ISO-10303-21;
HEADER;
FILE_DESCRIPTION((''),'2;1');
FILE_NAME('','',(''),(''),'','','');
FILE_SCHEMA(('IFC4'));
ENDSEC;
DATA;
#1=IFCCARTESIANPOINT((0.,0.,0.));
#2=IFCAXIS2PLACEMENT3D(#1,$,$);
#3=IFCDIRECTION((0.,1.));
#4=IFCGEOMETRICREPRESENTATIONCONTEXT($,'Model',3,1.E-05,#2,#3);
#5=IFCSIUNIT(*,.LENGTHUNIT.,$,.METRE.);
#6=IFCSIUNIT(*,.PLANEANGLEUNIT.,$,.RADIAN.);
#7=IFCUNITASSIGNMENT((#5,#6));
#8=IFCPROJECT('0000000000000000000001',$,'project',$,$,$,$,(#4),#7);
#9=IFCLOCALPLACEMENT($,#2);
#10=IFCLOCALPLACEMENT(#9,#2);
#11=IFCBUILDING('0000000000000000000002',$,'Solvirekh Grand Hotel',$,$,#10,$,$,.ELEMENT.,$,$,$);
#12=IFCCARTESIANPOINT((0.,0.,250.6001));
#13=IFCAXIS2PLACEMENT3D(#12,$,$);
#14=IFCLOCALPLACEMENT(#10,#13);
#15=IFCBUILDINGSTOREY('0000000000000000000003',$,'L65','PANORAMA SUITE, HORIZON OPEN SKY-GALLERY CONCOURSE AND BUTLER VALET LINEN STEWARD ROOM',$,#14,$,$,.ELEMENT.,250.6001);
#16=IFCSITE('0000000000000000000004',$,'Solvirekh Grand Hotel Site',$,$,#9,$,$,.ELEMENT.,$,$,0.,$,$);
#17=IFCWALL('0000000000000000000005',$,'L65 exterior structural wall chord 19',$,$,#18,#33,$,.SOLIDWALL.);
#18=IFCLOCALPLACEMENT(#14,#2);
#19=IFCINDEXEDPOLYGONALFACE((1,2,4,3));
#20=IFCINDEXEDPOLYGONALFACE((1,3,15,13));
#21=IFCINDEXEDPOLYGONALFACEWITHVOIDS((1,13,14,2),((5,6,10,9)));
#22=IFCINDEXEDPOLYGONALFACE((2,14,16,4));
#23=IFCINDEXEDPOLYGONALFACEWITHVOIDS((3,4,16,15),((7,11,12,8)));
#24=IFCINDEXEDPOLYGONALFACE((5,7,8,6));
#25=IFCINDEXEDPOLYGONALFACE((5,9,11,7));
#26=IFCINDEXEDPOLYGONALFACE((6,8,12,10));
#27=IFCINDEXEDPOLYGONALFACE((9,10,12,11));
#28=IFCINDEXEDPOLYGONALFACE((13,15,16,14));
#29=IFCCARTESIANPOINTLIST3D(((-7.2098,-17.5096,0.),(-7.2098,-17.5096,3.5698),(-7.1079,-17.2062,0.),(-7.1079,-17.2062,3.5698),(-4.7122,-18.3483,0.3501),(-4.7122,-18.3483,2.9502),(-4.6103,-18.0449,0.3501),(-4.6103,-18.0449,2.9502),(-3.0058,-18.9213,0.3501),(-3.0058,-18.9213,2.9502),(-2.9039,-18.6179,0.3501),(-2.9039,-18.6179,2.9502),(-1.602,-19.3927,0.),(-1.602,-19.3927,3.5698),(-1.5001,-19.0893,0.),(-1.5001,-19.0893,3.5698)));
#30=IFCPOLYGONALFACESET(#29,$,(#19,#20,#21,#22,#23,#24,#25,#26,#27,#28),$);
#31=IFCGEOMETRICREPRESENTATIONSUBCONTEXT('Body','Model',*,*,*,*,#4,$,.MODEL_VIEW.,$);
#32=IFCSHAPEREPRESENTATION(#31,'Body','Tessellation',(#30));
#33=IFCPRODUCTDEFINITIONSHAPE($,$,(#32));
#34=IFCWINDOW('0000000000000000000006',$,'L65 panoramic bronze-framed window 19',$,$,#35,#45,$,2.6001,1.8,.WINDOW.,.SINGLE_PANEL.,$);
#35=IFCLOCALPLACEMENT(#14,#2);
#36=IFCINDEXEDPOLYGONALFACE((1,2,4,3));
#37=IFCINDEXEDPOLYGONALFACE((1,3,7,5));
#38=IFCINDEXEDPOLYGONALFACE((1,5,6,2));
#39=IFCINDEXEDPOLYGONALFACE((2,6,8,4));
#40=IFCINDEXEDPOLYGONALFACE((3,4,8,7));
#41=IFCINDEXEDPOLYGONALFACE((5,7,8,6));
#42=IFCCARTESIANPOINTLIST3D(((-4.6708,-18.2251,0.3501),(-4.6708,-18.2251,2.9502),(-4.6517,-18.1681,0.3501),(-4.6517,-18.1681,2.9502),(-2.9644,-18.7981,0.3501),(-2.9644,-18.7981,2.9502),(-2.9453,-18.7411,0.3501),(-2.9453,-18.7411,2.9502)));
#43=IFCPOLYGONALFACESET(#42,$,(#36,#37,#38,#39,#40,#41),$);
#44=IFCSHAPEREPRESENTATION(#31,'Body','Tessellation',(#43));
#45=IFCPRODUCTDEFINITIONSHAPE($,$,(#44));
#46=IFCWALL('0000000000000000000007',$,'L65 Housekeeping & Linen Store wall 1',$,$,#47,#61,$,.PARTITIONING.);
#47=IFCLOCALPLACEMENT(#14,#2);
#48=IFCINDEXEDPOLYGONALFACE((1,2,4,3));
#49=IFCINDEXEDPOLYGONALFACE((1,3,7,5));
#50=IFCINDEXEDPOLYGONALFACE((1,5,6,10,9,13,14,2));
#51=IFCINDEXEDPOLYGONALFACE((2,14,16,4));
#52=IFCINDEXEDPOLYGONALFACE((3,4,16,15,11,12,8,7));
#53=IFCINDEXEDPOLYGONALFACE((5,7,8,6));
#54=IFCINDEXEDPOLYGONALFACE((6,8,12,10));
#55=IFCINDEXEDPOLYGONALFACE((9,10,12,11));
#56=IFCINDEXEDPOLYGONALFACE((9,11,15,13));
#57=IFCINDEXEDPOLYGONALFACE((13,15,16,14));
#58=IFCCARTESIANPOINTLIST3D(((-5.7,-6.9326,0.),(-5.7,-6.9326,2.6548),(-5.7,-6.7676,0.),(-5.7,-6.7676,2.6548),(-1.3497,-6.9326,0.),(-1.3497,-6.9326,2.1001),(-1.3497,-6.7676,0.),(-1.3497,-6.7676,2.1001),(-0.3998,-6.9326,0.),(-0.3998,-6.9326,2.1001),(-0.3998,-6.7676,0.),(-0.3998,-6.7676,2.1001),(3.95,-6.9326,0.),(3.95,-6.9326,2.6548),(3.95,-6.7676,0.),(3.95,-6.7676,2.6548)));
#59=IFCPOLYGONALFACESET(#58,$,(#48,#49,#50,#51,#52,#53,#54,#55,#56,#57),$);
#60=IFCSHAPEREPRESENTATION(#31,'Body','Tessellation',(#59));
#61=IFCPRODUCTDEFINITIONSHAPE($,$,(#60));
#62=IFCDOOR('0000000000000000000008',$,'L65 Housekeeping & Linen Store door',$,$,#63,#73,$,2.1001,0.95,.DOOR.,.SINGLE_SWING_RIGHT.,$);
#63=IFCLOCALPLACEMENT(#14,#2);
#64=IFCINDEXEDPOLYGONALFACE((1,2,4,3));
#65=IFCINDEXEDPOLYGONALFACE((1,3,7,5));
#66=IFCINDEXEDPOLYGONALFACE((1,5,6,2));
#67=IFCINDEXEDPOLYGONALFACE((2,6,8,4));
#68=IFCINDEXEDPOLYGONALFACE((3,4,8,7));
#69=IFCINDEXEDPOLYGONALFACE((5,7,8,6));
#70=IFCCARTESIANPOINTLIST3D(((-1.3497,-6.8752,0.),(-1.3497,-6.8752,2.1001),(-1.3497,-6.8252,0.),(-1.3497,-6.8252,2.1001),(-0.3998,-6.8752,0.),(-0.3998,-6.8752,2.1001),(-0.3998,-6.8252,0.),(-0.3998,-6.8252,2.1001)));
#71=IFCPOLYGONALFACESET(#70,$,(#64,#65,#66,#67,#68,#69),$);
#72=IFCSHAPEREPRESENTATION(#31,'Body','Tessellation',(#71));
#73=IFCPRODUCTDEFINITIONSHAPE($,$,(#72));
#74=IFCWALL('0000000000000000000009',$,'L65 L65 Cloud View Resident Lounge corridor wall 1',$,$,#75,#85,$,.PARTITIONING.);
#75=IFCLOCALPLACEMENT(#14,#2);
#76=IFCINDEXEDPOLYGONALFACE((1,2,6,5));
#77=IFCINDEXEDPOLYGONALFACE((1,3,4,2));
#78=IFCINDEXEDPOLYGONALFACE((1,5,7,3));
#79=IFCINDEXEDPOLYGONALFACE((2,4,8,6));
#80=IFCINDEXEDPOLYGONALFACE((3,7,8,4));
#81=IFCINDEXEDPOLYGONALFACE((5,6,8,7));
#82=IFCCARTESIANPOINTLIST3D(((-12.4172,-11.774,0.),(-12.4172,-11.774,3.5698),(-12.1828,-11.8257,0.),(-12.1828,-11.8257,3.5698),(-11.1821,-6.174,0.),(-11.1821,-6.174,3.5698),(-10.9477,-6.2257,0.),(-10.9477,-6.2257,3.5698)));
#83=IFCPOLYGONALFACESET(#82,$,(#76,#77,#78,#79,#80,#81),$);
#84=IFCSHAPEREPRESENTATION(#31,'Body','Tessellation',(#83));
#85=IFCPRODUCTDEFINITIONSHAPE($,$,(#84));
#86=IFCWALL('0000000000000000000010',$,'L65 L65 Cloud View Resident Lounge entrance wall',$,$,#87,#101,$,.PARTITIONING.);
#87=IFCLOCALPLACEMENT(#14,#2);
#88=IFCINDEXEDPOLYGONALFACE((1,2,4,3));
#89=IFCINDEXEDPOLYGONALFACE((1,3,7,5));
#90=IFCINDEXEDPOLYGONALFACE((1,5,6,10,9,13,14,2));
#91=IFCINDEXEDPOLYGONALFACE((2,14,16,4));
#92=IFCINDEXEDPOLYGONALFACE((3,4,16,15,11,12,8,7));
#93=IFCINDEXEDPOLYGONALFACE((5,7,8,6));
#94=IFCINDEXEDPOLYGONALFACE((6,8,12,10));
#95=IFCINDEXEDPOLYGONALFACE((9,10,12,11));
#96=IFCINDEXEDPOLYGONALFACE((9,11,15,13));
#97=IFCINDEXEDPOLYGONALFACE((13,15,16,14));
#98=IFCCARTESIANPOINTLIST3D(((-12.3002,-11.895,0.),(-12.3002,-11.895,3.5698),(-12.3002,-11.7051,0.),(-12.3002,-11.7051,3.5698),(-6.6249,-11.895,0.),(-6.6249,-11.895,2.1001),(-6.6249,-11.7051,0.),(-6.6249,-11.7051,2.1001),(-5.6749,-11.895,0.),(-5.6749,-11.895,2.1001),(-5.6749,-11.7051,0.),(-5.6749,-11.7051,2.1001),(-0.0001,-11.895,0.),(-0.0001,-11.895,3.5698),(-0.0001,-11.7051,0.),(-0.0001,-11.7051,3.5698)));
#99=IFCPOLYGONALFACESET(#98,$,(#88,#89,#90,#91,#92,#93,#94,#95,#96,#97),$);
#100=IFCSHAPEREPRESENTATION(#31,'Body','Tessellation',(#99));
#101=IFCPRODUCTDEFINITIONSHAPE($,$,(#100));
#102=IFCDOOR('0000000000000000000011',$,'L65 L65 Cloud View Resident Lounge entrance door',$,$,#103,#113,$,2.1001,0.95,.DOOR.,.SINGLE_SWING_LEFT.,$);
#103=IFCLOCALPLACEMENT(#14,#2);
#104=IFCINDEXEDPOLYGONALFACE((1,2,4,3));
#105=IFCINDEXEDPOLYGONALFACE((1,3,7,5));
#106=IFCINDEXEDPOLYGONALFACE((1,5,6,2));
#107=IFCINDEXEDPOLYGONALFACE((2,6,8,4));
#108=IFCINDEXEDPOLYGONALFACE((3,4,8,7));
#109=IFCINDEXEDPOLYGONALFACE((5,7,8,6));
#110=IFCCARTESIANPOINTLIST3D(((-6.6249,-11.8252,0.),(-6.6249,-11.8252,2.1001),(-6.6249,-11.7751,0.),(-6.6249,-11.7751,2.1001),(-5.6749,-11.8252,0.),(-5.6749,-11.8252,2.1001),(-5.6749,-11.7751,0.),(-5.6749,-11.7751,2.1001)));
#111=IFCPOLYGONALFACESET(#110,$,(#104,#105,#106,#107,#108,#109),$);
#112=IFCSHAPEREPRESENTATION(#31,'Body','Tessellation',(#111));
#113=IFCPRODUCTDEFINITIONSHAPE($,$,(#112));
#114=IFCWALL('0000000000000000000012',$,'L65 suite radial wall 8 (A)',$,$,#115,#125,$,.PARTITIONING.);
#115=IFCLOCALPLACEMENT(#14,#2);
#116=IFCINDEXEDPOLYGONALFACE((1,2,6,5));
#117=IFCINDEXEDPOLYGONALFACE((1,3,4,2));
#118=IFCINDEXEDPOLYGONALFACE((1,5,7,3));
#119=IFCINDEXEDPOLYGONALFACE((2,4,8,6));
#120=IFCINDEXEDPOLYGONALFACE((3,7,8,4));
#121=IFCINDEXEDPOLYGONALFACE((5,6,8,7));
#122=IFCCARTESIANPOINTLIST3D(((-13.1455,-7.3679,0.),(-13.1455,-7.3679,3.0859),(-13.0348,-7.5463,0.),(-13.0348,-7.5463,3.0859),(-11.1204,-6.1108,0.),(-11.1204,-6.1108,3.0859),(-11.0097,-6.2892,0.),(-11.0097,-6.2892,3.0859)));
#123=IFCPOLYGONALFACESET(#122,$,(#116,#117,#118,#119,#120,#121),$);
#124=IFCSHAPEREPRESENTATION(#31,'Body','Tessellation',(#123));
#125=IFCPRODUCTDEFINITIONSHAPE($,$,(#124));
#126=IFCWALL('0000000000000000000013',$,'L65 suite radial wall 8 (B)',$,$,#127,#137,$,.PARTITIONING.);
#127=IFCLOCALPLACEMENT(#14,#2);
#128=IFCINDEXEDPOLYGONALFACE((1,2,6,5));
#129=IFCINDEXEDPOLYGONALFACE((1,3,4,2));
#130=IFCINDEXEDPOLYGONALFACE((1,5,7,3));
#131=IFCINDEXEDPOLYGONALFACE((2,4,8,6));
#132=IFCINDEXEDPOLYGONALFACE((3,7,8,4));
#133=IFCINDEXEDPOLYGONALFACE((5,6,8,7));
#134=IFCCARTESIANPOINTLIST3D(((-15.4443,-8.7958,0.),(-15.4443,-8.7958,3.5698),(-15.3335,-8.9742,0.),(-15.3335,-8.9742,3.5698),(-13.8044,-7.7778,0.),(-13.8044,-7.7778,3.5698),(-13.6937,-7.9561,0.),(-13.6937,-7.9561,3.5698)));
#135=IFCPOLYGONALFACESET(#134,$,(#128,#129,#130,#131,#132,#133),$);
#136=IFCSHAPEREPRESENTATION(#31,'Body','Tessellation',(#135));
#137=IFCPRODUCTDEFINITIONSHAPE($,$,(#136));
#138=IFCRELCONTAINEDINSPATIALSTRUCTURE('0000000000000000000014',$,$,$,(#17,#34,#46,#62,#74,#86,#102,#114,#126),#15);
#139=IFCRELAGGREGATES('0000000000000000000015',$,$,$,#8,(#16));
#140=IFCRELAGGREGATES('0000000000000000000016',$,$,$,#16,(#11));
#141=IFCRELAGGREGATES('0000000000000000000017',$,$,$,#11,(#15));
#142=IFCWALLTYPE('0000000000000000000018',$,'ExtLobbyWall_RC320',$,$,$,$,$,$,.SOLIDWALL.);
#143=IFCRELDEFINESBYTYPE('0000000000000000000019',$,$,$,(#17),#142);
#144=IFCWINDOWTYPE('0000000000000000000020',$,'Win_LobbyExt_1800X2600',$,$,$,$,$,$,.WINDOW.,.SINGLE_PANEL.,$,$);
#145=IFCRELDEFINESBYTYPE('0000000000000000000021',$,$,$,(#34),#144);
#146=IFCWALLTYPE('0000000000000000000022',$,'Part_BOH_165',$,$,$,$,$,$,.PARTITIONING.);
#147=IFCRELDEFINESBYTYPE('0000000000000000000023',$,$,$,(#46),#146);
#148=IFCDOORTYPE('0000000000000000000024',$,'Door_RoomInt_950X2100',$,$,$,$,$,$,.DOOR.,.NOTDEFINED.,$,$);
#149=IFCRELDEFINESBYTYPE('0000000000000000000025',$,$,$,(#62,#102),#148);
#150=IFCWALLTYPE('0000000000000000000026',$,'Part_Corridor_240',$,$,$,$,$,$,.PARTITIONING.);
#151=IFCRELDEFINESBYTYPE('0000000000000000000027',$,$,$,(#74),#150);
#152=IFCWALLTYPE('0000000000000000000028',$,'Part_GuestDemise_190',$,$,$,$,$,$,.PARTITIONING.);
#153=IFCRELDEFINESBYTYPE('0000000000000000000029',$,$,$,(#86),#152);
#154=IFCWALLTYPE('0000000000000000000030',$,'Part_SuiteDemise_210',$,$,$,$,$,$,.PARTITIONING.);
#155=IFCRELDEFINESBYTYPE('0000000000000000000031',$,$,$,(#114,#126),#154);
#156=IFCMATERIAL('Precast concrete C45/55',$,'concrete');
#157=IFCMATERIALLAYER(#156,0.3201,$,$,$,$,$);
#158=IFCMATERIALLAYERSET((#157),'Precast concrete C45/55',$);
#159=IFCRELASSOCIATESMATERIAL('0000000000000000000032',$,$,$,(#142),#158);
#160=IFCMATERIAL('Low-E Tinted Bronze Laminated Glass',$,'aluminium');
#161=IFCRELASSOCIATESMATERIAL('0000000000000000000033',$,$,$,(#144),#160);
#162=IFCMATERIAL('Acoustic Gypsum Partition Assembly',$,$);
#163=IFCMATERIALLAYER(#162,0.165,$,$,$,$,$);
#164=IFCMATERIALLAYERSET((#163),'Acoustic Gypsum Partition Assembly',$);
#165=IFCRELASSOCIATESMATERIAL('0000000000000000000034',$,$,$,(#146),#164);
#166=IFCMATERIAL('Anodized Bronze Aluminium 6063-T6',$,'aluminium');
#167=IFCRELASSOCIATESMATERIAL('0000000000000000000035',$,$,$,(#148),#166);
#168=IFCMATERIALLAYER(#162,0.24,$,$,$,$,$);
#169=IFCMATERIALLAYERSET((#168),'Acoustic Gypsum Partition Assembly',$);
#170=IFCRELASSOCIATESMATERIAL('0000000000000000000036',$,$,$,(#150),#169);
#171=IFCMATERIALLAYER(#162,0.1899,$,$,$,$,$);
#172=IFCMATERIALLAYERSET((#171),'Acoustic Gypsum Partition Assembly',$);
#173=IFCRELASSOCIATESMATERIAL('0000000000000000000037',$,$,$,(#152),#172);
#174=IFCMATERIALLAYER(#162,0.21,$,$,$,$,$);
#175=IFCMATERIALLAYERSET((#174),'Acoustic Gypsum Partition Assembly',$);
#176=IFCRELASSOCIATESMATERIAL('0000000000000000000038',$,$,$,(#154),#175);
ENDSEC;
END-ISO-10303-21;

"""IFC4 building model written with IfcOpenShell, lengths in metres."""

from ifc_helpers import new_model, si_unit, direction, frame, frame_2d, origin, place, context, subcontext, project, spatial, rectangle, extrude, material, layer, layer_set, type_object, element, fill, save


model = new_model("IFC4")

# Units and contexts
model_context = context("Model", 3, precision=1e-05, world=origin(), true_north=direction((0.0, 1.0)))
body_context = subcontext(model_context, "Body", "Model", "MODEL_VIEW")
ifc_project = project(units=[si_unit("LENGTHUNIT", "METRE"), si_unit("PLANEANGLEUNIT", "RADIAN")], contexts=[model_context])

# Site, building, storey
site_placement = place(None, origin())
site = spatial("IfcSite", under=ifc_project, at=site_placement, Name="Solvirekh Grand Hotel Site", CompositionType="ELEMENT", RefElevation=0.0)
building_placement = place(site_placement, origin())
building = spatial("IfcBuilding", under=site, at=building_placement, Name="Solvirekh Grand Hotel", CompositionType="ELEMENT")
storey_placement = place(building_placement, frame((0.0, 0.0, 250.6001)))
storey = spatial("IfcBuildingStorey", under=building, at=storey_placement, Name="L65", Description="PANORAMA SUITE, HORIZON OPEN SKY-GALLERY CONCOURSE AND BUTLER VALET LINEN STEWARD ROOM", CompositionType="ELEMENT", Elevation=250.6001)

# Shared definitions
ifc_material_1 = material(Name="Anodized Bronze Aluminium 6063-T6", Category="aluminium")
ifc_material_2 = material(Name="Low-E Tinted Bronze Laminated Glass", Category="aluminium")

# Wall, opening, window
ifc_material_3 = material(Name="Precast concrete C45/55", Category="concrete")
ifc_layer_1 = layer(ifc_material_3, 0.3201)
ifc_layer_set_1 = layer_set([ifc_layer_1], Name="Precast concrete C45/55")
wall_type_1 = type_object("IfcWallType", Name="ExtLobbyWall_RC320", PredefinedType="SOLIDWALL", material=ifc_layer_set_1)
window_type = type_object("IfcWindowType", Name="Win_LobbyExt_1800X2600", PartitioningType="SINGLE_PANEL", PredefinedType="WINDOW", material=ifc_material_2)
wall_1_placement = place(storey_placement, frame((-1.551, -19.241, 0.0), z_axis=(0.0, 0.0, 1.0), x_axis=(-0.947984, 0.318319, 0.0)))
wall_1 = element("IfcWall", 1, at=wall_1_placement, inside=storey, type_object=wall_type_1, Name="L65 exterior structural wall chord 19", PredefinedType="SOLIDWALL", context=body_context, shape_type="SweptSolid", body=[
    extrude(rectangle(XDim=5.9155, YDim=0.3201, at=frame_2d((2.9578, 0.0))), origin(), (0.0, 0.0, 1.0), 3.5698),
])
opening_1_placement = place(wall_1_placement, frame((1.481, 0.0, 0.3501)))
opening_1 = element("IfcOpeningElement", 2, at=opening_1_placement, cuts=wall_1, PredefinedType="OPENING", context=body_context, shape_type="SweptSolid", body=[
    extrude(rectangle(XDim=1.8, YDim=2.6001, at=frame_2d((0.8999, 1.3))), frame((0.0, 0.1699, 0.0), z_axis=(0.0, -1.0, 0.0), x_axis=(1.0, 0.0, 0.0)), (0.0, 0.0, 1.0), 0.3401),
])
window_1_placement = place(opening_1_placement, origin())
window_1 = element("IfcWindow", 3, at=window_1_placement, inside=storey, type_object=window_type, Name="L65 panoramic bronze-framed window 19", OverallHeight=2.6001, OverallWidth=1.8, PartitioningType="SINGLE_PANEL", PredefinedType="WINDOW", context=body_context, shape_type="SweptSolid", body=[
    extrude(rectangle(XDim=1.8, YDim=2.6001, at=frame_2d((0.8999, 1.3))), frame((0.0, 0.03, 0.0), z_axis=(0.0, -1.0, 0.0), x_axis=(1.0, 0.0, 0.0)), (0.0, 0.0, 1.0), 0.0601),
])
fill(opening_1, window_1)

# Wall, opening, door
ifc_material_4 = material(Name="Acoustic Gypsum Partition Assembly")
ifc_layer_2 = layer(ifc_material_4, 0.165)
ifc_layer_set_2 = layer_set([ifc_layer_2], Name="Acoustic Gypsum Partition Assembly")
wall_type_2 = type_object("IfcWallType", Name="Part_BOH_165", PredefinedType="PARTITIONING", material=ifc_layer_set_2)
wall_2_placement = place(storey_placement, frame((-5.7, -6.8501, 0.0), z_axis=(0.0, 0.0, 1.0), x_axis=(1.0, 0.0, 0.0)))
wall_2 = element("IfcWall", 4, at=wall_2_placement, inside=storey, type_object=wall_type_2, Name="L65 Housekeeping & Linen Store wall 1", PredefinedType="PARTITIONING", context=body_context, shape_type="SweptSolid", body=[
    extrude(rectangle(XDim=9.6499, YDim=0.165, at=frame_2d((4.825, 0.0))), origin(), (0.0, 0.0, 1.0), 2.6548),
])
opening_2_placement = place(wall_2_placement, frame((4.3501, 0.0, 0.0)))
opening_2 = element("IfcOpeningElement", 5, at=opening_2_placement, cuts=wall_2, PredefinedType="OPENING", context=body_context, shape_type="SweptSolid", body=[
    extrude(rectangle(XDim=0.95, YDim=2.1001, at=frame_2d((0.4751, 1.05))), frame((0.0, 0.0925, 0.0), z_axis=(0.0, -1.0, 0.0), x_axis=(1.0, 0.0, 0.0)), (0.0, 0.0, 1.0), 0.1851),
])
door_type = type_object("IfcDoorType", Name="Door_RoomInt_950X2100", OperationType="NOTDEFINED", PredefinedType="DOOR", material=ifc_material_1)
door_1_placement = place(opening_2_placement, origin())
door_1 = element("IfcDoor", 6, at=door_1_placement, inside=storey, type_object=door_type, Name="L65 Housekeeping & Linen Store door", OperationType="SINGLE_SWING_RIGHT", OverallHeight=2.1001, OverallWidth=0.95, PredefinedType="DOOR", context=body_context, shape_type="SweptSolid", body=[
    extrude(rectangle(XDim=0.95, YDim=2.1001, at=frame_2d((0.4751, 1.05))), frame((0.0, 0.0249, 0.0), z_axis=(0.0, -1.0, 0.0), x_axis=(1.0, 0.0, 0.0)), (0.0, 0.0, 1.0), 0.05),
])
fill(opening_2, door_1)

# Wall
ifc_layer_3 = layer(ifc_material_4, 0.24)
ifc_layer_set_3 = layer_set([ifc_layer_3], Name="Acoustic Gypsum Partition Assembly")
wall_type_3 = type_object("IfcWallType", Name="Part_Corridor_240", PredefinedType="PARTITIONING", material=ifc_layer_set_3)
wall_3_placement = place(storey_placement, frame((-11.0649, -6.2, 0.0), z_axis=(0.0, 0.0, 1.0), x_axis=(-0.215375, -0.976531, 0.0)))
element("IfcWall", 7, at=wall_3_placement, inside=storey, type_object=wall_type_3, Name="L65 L65 Cloud View Resident Lounge corridor wall 1", PredefinedType="PARTITIONING", context=body_context, shape_type="SweptSolid", body=[
    extrude(rectangle(XDim=5.7346, YDim=0.24, at=frame_2d((2.8672, 0.0))), origin(), (0.0, 0.0, 1.0), 3.5698),
])

# Wall, opening, door
ifc_layer_4 = layer(ifc_material_4, 0.1899)
ifc_layer_set_4 = layer_set([ifc_layer_4], Name="Acoustic Gypsum Partition Assembly")
wall_type_4 = type_object("IfcWallType", Name="Part_GuestDemise_190", PredefinedType="PARTITIONING", material=ifc_layer_set_4)
wall_4_placement = place(storey_placement, frame((-12.3, -11.8, 0.0), z_axis=(0.0, 0.0, 1.0), x_axis=(1.0, 0.0, 0.0)))
wall_4 = element("IfcWall", 8, at=wall_4_placement, inside=storey, type_object=wall_type_4, Name="L65 L65 Cloud View Resident Lounge entrance wall", PredefinedType="PARTITIONING", context=body_context, shape_type="SweptSolid", body=[
    extrude(rectangle(XDim=12.3, YDim=0.1899, at=frame_2d((6.1499, 0.0))), origin(), (0.0, 0.0, 1.0), 3.5698),
])
opening_3_placement = place(wall_4_placement, frame((5.675, 0.0, 0.0)))
opening_3 = element("IfcOpeningElement", 9, at=opening_3_placement, cuts=wall_4, PredefinedType="OPENING", context=body_context, shape_type="SweptSolid", body=[
    extrude(rectangle(XDim=0.95, YDim=2.1001, at=frame_2d((0.4751, 1.05))), frame((0.0, 0.105, 0.0), z_axis=(0.0, -1.0, 0.0), x_axis=(1.0, 0.0, 0.0)), (0.0, 0.0, 1.0), 0.21),
])
door_2_placement = place(opening_3_placement, origin())
door_2 = element("IfcDoor", 10, at=door_2_placement, inside=storey, type_object=door_type, Name="L65 L65 Cloud View Resident Lounge entrance door", OperationType="SINGLE_SWING_LEFT", OverallHeight=2.1001, OverallWidth=0.95, PredefinedType="DOOR", context=body_context, shape_type="SweptSolid", body=[
    extrude(rectangle(XDim=0.95, YDim=2.1001, at=frame_2d((0.4751, 1.05))), frame((0.0, 0.0249, 0.0), z_axis=(0.0, -1.0, 0.0), x_axis=(1.0, 0.0, 0.0)), (0.0, 0.0, 1.0), 0.05),
])
fill(opening_3, door_2)

# Walls
ifc_layer_5 = layer(ifc_material_4, 0.21)
ifc_layer_set_5 = layer_set([ifc_layer_5], Name="Acoustic Gypsum Partition Assembly")
wall_type_5 = type_object("IfcWallType", Name="Part_SuiteDemise_210", PredefinedType="PARTITIONING", material=ifc_layer_set_5)
wall_5_placement = place(storey_placement, frame((-11.0649, -6.2, 0.0), z_axis=(0.0, 0.0, 1.0), x_axis=(-0.849623, -0.527391, 0.0)))
element("IfcWall", 11, at=wall_5_placement, inside=storey, type_object=wall_type_5, Name="L65 suite radial wall 8 (A)", PredefinedType="PARTITIONING", context=body_context, shape_type="SweptSolid", body=[
    extrude(rectangle(XDim=2.3835, YDim=0.21, at=frame_2d((1.1919, 0.0))), origin(), (0.0, 0.0, 1.0), 3.0859),
])
wall_6_placement = place(storey_placement, frame((-13.749, -7.8669, 0.0), z_axis=(0.0, 0.0, 1.0), x_axis=(-0.849593, -0.527438, 0.0)))
element("IfcWall", 12, at=wall_6_placement, inside=storey, type_object=wall_type_5, Name="L65 suite radial wall 8 (B)", PredefinedType="PARTITIONING", context=body_context, shape_type="SweptSolid", body=[
    extrude(rectangle(XDim=1.9302, YDim=0.21, at=frame_2d((0.9651, 0.0))), origin(), (0.0, 0.0, 1.0), 3.5698),
])

save(model, "model.ifc")
